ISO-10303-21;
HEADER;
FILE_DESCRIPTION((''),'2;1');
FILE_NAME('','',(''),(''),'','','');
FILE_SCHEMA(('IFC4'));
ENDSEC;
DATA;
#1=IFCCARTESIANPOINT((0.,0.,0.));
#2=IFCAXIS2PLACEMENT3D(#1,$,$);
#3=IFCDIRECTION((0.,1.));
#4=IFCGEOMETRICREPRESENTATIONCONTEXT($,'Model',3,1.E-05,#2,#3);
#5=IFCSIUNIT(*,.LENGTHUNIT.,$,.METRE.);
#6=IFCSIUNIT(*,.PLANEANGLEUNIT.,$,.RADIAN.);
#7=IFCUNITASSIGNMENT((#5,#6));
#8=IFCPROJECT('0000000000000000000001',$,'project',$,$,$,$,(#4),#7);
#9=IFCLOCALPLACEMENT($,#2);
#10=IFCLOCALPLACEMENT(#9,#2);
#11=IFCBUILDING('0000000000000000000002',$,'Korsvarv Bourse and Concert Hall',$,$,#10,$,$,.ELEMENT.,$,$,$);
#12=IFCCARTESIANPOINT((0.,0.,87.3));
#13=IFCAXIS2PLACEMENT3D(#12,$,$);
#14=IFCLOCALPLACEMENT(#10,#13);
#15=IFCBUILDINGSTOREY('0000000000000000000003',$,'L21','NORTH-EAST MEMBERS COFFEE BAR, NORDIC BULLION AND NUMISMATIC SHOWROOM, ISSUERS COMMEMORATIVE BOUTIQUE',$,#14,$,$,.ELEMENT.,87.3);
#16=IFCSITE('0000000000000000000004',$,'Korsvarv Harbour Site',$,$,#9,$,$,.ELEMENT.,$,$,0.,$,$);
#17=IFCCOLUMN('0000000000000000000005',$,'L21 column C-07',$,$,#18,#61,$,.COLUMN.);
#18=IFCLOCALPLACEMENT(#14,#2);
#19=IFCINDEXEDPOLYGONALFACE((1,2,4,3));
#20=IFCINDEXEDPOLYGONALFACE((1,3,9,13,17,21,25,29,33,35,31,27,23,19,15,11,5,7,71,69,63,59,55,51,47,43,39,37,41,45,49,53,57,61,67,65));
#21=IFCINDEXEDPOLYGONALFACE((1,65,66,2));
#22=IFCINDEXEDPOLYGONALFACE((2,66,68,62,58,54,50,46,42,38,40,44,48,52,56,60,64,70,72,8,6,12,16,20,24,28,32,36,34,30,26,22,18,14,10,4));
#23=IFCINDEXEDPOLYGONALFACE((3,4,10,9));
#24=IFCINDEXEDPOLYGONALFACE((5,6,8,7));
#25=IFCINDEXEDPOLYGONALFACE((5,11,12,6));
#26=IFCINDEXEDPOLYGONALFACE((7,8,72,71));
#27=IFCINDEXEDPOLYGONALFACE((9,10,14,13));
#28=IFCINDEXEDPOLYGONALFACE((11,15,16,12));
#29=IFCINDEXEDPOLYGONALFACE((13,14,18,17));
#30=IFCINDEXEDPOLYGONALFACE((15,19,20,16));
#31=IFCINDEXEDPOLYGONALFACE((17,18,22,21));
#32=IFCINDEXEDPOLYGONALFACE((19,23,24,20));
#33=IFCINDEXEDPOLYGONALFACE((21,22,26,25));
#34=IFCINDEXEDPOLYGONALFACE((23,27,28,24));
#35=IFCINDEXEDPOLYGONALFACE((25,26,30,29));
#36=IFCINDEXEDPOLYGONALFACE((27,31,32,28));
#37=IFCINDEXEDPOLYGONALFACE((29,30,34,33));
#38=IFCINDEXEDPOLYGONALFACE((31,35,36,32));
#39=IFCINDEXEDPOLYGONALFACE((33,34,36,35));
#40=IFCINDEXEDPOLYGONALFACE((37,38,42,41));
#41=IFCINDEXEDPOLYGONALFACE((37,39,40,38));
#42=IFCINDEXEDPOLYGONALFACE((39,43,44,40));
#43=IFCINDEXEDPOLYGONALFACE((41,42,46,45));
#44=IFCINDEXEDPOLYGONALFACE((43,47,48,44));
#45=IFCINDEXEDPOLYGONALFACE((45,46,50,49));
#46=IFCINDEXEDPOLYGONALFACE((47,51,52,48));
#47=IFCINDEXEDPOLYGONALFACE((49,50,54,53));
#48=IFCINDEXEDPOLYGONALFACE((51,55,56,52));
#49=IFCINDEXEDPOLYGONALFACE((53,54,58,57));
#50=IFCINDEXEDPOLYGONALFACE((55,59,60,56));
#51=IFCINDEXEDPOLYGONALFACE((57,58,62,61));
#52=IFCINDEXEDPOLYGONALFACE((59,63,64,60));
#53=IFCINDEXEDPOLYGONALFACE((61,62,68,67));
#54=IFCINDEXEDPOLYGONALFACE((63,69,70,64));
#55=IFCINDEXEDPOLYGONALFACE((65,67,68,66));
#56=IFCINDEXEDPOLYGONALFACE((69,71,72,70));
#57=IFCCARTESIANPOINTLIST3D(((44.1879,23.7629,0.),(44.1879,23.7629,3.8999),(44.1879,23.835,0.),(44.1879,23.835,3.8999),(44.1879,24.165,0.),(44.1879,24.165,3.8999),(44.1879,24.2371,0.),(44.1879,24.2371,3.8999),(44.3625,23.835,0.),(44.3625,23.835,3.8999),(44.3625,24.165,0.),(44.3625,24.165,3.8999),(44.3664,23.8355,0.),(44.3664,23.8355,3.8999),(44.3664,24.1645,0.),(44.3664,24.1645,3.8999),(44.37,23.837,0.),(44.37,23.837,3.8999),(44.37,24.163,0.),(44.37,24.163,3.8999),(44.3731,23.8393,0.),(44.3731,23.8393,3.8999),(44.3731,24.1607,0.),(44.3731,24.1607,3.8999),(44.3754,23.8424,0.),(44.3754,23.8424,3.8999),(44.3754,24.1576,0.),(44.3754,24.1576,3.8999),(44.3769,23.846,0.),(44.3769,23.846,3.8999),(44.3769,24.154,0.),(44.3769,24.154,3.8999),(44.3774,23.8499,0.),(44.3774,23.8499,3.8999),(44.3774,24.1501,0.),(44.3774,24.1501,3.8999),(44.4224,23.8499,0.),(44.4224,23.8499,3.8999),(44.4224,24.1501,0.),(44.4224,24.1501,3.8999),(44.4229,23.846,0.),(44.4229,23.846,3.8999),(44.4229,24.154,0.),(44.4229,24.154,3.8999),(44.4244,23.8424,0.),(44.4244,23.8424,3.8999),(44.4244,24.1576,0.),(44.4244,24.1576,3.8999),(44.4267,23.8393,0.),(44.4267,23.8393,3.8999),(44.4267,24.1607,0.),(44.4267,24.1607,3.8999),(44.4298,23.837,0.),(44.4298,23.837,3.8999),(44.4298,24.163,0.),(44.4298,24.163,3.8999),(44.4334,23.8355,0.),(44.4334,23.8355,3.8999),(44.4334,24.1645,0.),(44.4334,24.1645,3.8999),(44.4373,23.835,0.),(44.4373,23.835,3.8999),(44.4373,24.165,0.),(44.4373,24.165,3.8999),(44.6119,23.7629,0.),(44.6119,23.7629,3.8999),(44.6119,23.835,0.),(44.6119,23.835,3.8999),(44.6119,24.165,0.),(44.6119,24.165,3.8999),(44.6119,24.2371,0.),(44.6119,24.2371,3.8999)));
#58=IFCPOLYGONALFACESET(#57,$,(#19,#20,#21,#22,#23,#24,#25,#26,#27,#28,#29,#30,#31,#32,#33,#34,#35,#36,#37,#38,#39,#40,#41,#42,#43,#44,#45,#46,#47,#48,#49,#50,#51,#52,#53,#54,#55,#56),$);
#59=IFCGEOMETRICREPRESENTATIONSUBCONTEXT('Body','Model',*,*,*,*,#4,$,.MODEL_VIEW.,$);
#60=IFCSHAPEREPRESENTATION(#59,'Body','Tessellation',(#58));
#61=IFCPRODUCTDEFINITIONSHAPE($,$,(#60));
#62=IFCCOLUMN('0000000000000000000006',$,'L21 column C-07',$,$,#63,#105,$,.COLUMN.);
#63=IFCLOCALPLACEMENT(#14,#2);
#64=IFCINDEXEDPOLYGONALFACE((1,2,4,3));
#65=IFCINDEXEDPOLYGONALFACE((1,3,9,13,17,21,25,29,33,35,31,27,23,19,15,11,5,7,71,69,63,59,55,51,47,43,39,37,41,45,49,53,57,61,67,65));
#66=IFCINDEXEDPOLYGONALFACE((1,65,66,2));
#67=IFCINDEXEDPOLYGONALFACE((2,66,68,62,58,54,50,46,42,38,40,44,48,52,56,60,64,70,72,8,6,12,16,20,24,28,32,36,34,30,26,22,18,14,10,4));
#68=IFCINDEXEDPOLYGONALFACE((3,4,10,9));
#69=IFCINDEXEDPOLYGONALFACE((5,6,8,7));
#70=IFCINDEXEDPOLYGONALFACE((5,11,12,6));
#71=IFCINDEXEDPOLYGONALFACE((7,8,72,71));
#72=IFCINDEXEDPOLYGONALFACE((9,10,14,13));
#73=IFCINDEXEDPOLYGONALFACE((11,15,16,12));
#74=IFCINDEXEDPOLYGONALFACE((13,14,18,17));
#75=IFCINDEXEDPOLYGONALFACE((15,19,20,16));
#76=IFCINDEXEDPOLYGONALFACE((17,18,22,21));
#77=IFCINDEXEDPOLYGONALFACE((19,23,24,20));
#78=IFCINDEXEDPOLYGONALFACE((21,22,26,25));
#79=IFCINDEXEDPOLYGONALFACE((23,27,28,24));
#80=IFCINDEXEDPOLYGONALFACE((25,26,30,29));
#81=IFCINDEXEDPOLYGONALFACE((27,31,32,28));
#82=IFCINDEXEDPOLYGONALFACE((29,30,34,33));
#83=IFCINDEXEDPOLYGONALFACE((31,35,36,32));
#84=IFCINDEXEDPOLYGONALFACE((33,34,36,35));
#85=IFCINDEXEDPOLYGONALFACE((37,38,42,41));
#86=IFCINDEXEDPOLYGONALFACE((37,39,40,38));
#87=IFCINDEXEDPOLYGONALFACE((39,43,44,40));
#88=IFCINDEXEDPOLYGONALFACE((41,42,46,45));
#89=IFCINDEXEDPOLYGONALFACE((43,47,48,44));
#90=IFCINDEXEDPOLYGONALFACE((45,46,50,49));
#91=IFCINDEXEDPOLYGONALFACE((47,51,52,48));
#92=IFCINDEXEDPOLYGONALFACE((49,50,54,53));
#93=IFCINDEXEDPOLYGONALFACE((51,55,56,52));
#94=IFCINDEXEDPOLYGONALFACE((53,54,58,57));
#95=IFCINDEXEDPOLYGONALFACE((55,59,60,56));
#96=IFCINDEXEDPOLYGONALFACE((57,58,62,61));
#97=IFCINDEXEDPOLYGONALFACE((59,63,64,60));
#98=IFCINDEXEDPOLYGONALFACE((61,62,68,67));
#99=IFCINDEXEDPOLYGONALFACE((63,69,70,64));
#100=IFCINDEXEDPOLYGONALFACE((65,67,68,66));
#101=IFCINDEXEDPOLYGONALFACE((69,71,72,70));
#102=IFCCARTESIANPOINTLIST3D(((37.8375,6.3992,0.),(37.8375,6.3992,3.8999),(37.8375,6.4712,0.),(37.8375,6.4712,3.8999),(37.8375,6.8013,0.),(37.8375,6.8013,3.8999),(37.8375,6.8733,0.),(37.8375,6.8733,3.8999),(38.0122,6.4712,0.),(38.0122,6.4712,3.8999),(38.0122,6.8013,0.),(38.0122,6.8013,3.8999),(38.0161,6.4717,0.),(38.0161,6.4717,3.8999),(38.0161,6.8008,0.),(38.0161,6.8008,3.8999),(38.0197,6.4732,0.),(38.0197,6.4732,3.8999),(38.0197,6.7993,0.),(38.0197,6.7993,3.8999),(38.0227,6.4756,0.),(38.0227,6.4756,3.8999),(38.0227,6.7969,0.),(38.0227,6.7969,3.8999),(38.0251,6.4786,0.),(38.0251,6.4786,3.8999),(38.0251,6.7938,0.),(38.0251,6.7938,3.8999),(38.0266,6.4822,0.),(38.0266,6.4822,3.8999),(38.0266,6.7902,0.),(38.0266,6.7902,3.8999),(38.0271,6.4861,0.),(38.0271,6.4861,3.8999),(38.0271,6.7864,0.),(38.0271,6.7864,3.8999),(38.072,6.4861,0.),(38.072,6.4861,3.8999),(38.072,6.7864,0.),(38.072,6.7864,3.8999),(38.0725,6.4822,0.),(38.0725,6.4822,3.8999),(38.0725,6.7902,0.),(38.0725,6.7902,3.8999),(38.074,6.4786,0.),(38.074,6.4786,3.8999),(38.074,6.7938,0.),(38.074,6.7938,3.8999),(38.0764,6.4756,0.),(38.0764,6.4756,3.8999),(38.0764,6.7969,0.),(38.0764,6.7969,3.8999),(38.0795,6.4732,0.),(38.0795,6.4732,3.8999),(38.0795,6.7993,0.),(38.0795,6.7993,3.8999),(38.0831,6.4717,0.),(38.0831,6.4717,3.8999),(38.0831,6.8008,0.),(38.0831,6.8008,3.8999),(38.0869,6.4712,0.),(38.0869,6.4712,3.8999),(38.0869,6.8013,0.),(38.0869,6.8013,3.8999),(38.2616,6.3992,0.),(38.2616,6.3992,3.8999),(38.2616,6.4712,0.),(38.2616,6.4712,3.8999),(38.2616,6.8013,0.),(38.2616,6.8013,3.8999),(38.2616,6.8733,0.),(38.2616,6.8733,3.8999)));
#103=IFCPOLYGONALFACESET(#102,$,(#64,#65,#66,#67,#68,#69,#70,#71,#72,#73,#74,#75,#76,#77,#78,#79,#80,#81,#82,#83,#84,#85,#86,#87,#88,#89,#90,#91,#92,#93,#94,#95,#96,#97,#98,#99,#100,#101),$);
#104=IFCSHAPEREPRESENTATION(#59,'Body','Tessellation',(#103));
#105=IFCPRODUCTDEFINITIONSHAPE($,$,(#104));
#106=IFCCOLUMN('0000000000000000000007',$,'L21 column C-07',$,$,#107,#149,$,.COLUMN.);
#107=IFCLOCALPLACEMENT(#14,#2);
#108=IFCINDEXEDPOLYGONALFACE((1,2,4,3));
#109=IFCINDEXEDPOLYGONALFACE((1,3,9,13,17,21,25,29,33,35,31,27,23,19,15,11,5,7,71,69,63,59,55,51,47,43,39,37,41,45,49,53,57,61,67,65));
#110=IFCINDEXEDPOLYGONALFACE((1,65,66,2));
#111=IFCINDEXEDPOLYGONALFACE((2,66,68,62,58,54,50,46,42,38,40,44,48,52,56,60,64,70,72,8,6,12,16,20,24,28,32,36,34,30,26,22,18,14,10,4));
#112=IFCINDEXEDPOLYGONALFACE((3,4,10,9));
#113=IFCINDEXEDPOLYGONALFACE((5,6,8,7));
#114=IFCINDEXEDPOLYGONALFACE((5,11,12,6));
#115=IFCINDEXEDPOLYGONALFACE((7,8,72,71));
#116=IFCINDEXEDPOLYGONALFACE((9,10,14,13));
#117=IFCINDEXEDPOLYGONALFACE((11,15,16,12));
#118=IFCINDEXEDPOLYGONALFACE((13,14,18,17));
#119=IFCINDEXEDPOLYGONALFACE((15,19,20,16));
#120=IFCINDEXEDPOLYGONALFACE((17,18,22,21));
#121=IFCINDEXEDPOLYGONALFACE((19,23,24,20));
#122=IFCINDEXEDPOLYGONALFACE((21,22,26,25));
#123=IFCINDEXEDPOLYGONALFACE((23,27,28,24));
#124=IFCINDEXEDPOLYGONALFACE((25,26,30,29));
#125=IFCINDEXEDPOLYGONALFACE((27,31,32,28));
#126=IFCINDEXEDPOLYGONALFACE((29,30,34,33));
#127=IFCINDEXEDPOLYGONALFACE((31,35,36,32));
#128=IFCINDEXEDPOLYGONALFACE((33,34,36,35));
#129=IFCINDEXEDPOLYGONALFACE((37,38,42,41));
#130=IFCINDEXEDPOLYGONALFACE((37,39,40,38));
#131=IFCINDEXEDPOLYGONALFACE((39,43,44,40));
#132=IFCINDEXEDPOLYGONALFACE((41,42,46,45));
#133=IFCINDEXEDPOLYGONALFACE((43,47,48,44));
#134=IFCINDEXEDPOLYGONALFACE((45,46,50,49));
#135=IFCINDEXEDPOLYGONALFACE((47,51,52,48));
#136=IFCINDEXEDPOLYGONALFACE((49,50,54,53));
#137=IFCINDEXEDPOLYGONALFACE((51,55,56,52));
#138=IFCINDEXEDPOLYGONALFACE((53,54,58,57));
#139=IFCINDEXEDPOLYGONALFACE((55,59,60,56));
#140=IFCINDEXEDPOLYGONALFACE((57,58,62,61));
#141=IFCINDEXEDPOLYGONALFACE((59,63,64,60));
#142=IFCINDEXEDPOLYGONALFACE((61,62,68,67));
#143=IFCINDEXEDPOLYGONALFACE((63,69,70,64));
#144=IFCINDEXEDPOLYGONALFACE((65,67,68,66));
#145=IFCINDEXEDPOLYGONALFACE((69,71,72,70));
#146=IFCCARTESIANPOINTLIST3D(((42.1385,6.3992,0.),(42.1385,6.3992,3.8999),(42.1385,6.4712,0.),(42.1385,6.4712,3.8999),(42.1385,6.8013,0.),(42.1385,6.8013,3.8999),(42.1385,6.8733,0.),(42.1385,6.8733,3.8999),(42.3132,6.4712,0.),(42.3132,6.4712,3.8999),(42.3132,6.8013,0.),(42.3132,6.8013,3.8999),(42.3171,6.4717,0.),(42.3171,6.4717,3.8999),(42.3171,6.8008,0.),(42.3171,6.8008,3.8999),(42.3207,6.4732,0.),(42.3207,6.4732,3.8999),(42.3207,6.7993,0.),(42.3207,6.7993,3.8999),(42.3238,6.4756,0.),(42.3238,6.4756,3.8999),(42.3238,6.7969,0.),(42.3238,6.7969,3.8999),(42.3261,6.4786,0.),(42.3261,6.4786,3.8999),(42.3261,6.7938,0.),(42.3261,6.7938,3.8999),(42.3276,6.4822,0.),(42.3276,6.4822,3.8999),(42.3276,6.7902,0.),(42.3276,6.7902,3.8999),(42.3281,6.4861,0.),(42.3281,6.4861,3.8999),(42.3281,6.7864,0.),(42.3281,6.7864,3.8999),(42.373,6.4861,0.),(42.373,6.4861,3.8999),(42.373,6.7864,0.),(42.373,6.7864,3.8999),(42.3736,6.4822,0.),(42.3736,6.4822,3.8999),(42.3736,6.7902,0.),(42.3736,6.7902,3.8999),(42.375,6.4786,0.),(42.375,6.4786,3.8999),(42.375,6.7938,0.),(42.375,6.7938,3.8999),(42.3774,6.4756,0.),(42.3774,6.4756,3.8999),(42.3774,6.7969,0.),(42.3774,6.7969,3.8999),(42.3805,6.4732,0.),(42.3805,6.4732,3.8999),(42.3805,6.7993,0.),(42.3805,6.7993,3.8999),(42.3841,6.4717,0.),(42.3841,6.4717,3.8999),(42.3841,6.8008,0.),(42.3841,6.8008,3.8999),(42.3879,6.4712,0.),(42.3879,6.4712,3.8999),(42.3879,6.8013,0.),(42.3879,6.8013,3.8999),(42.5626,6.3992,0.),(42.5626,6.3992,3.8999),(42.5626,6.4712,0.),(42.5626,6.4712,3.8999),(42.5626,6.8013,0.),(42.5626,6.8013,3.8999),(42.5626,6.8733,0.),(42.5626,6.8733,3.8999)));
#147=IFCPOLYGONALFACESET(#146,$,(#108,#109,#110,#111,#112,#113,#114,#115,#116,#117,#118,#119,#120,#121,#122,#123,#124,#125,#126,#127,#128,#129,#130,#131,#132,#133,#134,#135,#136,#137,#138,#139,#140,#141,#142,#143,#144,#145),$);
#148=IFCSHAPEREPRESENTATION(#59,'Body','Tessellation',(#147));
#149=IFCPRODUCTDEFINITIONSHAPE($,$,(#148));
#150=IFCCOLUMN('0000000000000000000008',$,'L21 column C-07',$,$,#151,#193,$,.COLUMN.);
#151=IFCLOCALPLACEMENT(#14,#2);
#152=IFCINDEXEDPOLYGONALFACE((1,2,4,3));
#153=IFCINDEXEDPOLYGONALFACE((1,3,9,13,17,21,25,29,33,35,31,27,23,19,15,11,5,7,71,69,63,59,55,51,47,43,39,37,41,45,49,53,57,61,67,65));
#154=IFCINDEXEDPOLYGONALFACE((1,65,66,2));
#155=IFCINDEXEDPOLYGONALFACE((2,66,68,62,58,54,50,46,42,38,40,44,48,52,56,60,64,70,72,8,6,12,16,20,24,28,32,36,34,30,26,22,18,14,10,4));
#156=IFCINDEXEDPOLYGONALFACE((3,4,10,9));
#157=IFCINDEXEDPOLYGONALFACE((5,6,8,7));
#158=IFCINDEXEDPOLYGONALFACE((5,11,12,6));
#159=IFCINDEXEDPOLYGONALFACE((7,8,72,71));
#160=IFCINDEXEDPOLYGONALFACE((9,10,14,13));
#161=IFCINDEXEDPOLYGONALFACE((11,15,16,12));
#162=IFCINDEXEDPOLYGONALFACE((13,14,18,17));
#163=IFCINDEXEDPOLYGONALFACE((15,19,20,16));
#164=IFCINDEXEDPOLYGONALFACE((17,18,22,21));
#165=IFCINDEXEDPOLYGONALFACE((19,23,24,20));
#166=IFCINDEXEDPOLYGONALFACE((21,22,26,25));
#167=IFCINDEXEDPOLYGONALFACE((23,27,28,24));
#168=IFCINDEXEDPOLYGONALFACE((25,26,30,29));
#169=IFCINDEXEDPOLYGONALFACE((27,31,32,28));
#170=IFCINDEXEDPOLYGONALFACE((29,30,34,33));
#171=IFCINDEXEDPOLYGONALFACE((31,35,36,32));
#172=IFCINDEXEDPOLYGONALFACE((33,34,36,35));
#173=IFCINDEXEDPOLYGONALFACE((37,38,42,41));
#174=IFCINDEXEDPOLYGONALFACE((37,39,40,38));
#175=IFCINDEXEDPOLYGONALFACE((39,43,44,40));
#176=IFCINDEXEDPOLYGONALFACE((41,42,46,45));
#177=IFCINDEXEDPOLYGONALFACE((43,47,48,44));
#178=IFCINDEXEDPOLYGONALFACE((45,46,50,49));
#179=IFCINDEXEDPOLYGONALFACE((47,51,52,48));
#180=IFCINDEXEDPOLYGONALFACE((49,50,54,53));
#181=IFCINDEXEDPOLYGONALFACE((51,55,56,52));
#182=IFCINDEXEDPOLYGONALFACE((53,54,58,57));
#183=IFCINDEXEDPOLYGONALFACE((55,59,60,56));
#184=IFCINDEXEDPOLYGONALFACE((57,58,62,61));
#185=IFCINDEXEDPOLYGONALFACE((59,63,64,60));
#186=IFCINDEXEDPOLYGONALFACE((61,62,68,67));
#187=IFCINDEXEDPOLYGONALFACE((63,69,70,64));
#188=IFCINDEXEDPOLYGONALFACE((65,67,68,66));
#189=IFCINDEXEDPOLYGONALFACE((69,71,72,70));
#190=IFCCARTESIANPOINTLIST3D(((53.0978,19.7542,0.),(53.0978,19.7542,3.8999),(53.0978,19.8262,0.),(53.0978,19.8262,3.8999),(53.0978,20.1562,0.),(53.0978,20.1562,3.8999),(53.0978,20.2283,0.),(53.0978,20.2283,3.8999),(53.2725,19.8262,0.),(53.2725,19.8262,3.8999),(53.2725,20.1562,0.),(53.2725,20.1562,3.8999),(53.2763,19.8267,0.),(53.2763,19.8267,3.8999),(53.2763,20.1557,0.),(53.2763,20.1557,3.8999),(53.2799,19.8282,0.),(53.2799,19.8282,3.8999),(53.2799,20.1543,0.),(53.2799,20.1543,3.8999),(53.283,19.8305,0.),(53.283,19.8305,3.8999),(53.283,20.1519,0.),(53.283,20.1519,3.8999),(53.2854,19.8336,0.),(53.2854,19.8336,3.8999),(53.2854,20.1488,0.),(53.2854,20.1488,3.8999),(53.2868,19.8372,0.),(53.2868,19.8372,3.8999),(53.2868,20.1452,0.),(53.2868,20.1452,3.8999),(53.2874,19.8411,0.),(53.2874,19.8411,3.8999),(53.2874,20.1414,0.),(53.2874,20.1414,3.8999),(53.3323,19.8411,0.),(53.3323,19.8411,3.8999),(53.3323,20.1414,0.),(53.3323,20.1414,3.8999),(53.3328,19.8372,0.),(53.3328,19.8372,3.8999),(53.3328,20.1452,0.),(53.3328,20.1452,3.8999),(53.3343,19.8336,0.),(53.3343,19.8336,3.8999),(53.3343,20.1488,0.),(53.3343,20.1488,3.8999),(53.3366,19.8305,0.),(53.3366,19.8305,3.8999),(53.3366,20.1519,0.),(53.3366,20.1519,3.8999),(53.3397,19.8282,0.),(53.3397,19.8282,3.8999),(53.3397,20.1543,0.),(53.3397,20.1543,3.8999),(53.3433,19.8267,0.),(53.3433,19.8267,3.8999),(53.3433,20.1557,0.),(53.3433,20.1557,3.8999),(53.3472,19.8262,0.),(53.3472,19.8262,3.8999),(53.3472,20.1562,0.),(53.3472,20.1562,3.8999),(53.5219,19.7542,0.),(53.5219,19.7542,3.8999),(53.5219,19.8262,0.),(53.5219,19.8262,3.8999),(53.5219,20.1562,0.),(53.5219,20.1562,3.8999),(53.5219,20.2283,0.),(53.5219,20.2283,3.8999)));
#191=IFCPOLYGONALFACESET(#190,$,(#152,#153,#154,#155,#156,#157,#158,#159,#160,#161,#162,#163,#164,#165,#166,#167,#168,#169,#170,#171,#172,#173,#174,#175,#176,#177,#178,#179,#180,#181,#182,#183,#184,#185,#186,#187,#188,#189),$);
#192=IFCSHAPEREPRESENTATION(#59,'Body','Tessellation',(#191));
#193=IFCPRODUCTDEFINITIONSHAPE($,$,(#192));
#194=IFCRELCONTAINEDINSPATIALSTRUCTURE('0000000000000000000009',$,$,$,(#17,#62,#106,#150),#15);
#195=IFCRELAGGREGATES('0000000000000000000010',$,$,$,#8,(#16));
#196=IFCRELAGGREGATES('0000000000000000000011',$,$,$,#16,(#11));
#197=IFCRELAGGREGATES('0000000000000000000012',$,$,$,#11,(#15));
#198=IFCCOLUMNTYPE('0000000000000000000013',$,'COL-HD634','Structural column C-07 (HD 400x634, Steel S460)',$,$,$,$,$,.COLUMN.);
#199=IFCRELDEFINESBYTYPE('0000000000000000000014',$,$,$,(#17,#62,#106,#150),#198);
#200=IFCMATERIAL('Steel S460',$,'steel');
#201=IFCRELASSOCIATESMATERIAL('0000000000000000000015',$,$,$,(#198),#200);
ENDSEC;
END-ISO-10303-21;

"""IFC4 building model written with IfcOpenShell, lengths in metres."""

from ifc_helpers import new_model, si_unit, direction, frame, origin, origin_2d, place, context, subcontext, project, spatial, i_section, extrude, source, transform, mapped, material, material_profile, profile_set, type_object, element, save


model = new_model("IFC4")

# Units and contexts
model_context = context("Model", 3, precision=1e-05, world=origin(), true_north=direction((0.0, 1.0)))
body_context = subcontext(model_context, "Body", "Model", "MODEL_VIEW")
ifc_project = project(units=[si_unit("LENGTHUNIT", "METRE"), si_unit("PLANEANGLEUNIT", "RADIAN")], contexts=[model_context])

# Site, building, storey
site_placement = place(None, origin())
site = spatial("IfcSite", under=ifc_project, at=site_placement, Name="Korsvarv Harbour Site", CompositionType="ELEMENT", RefElevation=0.0)
building_placement = place(site_placement, origin())
building = spatial("IfcBuilding", under=site, at=building_placement, Name="Korsvarv Bourse and Concert Hall", CompositionType="ELEMENT")
storey_placement = place(building_placement, frame((0.0, 0.0, 87.3)))
storey = spatial("IfcBuildingStorey", under=building, at=storey_placement, Name="L21", Description="NORTH-EAST MEMBERS COFFEE BAR, NORDIC BULLION AND NUMISMATIC SHOWROOM, ISSUERS COMMEMORATIVE BOUTIQUE", CompositionType="ELEMENT", Elevation=87.3)

# Columns
ifc_material_1 = material(Name="Steel S460", Category="steel")
ifc_material_profile_1 = material_profile(ifc_material_1, i_section(OverallWidth=0.4241, OverallDepth=0.4741, WebThickness=0.0449, FlangeThickness=0.072, FilletRadius=0.0149, at=origin_2d()), Name="HD 400x634")
ifc_profile_set_1 = profile_set([ifc_material_profile_1], Name="Steel S460")
column_type = type_object("IfcColumnType", Name="COL-HD634", Description="Structural column C-07 (HD 400x634, Steel S460)", PredefinedType="COLUMN", material=ifc_profile_set_1)
shared_shape_1 = source(origin(), body_context, "Body", "SweptSolid", [
    extrude(i_section(OverallWidth=0.4241, OverallDepth=0.4741, WebThickness=0.0449, FlangeThickness=0.072, FilletRadius=0.0149, at=origin_2d()), origin(), (0.0, 0.0, 1.0), 3.8999),
])
for number, where, z_axis, x_axis, name in (
    (1, (44.3999, 24.0, 0.0), (0.0, 0.0, 1.0), (1.0, 0.0, 0.0), "L21 column C-07"),
    (2, (38.0496, 6.6362, 0.0), (0.0, 0.0, 1.0), (1.0, 0.0, 0.0), "L21 column C-07"),
    (3, (42.3506, 6.6362, 0.0), (0.0, 0.0, 1.0), (1.0, 0.0, 0.0), "L21 column C-07"),
    (4, (53.3098, 19.9912, 0.0), (0.0, 0.0, 1.0), (1.0, 0.0, 0.0), "L21 column C-07"),
):
    element("IfcColumn", number, at=place(storey_placement, frame(where, z_axis=z_axis, x_axis=x_axis)), inside=storey, type_object=column_type, Name=name, PredefinedType="COLUMN", context=body_context, shape_type="MappedRepresentation", body=[
        mapped(shared_shape_1, transform((0.0, 0.0, 0.0), scale=1.0)),
    ])

save(model, "model.ifc")
